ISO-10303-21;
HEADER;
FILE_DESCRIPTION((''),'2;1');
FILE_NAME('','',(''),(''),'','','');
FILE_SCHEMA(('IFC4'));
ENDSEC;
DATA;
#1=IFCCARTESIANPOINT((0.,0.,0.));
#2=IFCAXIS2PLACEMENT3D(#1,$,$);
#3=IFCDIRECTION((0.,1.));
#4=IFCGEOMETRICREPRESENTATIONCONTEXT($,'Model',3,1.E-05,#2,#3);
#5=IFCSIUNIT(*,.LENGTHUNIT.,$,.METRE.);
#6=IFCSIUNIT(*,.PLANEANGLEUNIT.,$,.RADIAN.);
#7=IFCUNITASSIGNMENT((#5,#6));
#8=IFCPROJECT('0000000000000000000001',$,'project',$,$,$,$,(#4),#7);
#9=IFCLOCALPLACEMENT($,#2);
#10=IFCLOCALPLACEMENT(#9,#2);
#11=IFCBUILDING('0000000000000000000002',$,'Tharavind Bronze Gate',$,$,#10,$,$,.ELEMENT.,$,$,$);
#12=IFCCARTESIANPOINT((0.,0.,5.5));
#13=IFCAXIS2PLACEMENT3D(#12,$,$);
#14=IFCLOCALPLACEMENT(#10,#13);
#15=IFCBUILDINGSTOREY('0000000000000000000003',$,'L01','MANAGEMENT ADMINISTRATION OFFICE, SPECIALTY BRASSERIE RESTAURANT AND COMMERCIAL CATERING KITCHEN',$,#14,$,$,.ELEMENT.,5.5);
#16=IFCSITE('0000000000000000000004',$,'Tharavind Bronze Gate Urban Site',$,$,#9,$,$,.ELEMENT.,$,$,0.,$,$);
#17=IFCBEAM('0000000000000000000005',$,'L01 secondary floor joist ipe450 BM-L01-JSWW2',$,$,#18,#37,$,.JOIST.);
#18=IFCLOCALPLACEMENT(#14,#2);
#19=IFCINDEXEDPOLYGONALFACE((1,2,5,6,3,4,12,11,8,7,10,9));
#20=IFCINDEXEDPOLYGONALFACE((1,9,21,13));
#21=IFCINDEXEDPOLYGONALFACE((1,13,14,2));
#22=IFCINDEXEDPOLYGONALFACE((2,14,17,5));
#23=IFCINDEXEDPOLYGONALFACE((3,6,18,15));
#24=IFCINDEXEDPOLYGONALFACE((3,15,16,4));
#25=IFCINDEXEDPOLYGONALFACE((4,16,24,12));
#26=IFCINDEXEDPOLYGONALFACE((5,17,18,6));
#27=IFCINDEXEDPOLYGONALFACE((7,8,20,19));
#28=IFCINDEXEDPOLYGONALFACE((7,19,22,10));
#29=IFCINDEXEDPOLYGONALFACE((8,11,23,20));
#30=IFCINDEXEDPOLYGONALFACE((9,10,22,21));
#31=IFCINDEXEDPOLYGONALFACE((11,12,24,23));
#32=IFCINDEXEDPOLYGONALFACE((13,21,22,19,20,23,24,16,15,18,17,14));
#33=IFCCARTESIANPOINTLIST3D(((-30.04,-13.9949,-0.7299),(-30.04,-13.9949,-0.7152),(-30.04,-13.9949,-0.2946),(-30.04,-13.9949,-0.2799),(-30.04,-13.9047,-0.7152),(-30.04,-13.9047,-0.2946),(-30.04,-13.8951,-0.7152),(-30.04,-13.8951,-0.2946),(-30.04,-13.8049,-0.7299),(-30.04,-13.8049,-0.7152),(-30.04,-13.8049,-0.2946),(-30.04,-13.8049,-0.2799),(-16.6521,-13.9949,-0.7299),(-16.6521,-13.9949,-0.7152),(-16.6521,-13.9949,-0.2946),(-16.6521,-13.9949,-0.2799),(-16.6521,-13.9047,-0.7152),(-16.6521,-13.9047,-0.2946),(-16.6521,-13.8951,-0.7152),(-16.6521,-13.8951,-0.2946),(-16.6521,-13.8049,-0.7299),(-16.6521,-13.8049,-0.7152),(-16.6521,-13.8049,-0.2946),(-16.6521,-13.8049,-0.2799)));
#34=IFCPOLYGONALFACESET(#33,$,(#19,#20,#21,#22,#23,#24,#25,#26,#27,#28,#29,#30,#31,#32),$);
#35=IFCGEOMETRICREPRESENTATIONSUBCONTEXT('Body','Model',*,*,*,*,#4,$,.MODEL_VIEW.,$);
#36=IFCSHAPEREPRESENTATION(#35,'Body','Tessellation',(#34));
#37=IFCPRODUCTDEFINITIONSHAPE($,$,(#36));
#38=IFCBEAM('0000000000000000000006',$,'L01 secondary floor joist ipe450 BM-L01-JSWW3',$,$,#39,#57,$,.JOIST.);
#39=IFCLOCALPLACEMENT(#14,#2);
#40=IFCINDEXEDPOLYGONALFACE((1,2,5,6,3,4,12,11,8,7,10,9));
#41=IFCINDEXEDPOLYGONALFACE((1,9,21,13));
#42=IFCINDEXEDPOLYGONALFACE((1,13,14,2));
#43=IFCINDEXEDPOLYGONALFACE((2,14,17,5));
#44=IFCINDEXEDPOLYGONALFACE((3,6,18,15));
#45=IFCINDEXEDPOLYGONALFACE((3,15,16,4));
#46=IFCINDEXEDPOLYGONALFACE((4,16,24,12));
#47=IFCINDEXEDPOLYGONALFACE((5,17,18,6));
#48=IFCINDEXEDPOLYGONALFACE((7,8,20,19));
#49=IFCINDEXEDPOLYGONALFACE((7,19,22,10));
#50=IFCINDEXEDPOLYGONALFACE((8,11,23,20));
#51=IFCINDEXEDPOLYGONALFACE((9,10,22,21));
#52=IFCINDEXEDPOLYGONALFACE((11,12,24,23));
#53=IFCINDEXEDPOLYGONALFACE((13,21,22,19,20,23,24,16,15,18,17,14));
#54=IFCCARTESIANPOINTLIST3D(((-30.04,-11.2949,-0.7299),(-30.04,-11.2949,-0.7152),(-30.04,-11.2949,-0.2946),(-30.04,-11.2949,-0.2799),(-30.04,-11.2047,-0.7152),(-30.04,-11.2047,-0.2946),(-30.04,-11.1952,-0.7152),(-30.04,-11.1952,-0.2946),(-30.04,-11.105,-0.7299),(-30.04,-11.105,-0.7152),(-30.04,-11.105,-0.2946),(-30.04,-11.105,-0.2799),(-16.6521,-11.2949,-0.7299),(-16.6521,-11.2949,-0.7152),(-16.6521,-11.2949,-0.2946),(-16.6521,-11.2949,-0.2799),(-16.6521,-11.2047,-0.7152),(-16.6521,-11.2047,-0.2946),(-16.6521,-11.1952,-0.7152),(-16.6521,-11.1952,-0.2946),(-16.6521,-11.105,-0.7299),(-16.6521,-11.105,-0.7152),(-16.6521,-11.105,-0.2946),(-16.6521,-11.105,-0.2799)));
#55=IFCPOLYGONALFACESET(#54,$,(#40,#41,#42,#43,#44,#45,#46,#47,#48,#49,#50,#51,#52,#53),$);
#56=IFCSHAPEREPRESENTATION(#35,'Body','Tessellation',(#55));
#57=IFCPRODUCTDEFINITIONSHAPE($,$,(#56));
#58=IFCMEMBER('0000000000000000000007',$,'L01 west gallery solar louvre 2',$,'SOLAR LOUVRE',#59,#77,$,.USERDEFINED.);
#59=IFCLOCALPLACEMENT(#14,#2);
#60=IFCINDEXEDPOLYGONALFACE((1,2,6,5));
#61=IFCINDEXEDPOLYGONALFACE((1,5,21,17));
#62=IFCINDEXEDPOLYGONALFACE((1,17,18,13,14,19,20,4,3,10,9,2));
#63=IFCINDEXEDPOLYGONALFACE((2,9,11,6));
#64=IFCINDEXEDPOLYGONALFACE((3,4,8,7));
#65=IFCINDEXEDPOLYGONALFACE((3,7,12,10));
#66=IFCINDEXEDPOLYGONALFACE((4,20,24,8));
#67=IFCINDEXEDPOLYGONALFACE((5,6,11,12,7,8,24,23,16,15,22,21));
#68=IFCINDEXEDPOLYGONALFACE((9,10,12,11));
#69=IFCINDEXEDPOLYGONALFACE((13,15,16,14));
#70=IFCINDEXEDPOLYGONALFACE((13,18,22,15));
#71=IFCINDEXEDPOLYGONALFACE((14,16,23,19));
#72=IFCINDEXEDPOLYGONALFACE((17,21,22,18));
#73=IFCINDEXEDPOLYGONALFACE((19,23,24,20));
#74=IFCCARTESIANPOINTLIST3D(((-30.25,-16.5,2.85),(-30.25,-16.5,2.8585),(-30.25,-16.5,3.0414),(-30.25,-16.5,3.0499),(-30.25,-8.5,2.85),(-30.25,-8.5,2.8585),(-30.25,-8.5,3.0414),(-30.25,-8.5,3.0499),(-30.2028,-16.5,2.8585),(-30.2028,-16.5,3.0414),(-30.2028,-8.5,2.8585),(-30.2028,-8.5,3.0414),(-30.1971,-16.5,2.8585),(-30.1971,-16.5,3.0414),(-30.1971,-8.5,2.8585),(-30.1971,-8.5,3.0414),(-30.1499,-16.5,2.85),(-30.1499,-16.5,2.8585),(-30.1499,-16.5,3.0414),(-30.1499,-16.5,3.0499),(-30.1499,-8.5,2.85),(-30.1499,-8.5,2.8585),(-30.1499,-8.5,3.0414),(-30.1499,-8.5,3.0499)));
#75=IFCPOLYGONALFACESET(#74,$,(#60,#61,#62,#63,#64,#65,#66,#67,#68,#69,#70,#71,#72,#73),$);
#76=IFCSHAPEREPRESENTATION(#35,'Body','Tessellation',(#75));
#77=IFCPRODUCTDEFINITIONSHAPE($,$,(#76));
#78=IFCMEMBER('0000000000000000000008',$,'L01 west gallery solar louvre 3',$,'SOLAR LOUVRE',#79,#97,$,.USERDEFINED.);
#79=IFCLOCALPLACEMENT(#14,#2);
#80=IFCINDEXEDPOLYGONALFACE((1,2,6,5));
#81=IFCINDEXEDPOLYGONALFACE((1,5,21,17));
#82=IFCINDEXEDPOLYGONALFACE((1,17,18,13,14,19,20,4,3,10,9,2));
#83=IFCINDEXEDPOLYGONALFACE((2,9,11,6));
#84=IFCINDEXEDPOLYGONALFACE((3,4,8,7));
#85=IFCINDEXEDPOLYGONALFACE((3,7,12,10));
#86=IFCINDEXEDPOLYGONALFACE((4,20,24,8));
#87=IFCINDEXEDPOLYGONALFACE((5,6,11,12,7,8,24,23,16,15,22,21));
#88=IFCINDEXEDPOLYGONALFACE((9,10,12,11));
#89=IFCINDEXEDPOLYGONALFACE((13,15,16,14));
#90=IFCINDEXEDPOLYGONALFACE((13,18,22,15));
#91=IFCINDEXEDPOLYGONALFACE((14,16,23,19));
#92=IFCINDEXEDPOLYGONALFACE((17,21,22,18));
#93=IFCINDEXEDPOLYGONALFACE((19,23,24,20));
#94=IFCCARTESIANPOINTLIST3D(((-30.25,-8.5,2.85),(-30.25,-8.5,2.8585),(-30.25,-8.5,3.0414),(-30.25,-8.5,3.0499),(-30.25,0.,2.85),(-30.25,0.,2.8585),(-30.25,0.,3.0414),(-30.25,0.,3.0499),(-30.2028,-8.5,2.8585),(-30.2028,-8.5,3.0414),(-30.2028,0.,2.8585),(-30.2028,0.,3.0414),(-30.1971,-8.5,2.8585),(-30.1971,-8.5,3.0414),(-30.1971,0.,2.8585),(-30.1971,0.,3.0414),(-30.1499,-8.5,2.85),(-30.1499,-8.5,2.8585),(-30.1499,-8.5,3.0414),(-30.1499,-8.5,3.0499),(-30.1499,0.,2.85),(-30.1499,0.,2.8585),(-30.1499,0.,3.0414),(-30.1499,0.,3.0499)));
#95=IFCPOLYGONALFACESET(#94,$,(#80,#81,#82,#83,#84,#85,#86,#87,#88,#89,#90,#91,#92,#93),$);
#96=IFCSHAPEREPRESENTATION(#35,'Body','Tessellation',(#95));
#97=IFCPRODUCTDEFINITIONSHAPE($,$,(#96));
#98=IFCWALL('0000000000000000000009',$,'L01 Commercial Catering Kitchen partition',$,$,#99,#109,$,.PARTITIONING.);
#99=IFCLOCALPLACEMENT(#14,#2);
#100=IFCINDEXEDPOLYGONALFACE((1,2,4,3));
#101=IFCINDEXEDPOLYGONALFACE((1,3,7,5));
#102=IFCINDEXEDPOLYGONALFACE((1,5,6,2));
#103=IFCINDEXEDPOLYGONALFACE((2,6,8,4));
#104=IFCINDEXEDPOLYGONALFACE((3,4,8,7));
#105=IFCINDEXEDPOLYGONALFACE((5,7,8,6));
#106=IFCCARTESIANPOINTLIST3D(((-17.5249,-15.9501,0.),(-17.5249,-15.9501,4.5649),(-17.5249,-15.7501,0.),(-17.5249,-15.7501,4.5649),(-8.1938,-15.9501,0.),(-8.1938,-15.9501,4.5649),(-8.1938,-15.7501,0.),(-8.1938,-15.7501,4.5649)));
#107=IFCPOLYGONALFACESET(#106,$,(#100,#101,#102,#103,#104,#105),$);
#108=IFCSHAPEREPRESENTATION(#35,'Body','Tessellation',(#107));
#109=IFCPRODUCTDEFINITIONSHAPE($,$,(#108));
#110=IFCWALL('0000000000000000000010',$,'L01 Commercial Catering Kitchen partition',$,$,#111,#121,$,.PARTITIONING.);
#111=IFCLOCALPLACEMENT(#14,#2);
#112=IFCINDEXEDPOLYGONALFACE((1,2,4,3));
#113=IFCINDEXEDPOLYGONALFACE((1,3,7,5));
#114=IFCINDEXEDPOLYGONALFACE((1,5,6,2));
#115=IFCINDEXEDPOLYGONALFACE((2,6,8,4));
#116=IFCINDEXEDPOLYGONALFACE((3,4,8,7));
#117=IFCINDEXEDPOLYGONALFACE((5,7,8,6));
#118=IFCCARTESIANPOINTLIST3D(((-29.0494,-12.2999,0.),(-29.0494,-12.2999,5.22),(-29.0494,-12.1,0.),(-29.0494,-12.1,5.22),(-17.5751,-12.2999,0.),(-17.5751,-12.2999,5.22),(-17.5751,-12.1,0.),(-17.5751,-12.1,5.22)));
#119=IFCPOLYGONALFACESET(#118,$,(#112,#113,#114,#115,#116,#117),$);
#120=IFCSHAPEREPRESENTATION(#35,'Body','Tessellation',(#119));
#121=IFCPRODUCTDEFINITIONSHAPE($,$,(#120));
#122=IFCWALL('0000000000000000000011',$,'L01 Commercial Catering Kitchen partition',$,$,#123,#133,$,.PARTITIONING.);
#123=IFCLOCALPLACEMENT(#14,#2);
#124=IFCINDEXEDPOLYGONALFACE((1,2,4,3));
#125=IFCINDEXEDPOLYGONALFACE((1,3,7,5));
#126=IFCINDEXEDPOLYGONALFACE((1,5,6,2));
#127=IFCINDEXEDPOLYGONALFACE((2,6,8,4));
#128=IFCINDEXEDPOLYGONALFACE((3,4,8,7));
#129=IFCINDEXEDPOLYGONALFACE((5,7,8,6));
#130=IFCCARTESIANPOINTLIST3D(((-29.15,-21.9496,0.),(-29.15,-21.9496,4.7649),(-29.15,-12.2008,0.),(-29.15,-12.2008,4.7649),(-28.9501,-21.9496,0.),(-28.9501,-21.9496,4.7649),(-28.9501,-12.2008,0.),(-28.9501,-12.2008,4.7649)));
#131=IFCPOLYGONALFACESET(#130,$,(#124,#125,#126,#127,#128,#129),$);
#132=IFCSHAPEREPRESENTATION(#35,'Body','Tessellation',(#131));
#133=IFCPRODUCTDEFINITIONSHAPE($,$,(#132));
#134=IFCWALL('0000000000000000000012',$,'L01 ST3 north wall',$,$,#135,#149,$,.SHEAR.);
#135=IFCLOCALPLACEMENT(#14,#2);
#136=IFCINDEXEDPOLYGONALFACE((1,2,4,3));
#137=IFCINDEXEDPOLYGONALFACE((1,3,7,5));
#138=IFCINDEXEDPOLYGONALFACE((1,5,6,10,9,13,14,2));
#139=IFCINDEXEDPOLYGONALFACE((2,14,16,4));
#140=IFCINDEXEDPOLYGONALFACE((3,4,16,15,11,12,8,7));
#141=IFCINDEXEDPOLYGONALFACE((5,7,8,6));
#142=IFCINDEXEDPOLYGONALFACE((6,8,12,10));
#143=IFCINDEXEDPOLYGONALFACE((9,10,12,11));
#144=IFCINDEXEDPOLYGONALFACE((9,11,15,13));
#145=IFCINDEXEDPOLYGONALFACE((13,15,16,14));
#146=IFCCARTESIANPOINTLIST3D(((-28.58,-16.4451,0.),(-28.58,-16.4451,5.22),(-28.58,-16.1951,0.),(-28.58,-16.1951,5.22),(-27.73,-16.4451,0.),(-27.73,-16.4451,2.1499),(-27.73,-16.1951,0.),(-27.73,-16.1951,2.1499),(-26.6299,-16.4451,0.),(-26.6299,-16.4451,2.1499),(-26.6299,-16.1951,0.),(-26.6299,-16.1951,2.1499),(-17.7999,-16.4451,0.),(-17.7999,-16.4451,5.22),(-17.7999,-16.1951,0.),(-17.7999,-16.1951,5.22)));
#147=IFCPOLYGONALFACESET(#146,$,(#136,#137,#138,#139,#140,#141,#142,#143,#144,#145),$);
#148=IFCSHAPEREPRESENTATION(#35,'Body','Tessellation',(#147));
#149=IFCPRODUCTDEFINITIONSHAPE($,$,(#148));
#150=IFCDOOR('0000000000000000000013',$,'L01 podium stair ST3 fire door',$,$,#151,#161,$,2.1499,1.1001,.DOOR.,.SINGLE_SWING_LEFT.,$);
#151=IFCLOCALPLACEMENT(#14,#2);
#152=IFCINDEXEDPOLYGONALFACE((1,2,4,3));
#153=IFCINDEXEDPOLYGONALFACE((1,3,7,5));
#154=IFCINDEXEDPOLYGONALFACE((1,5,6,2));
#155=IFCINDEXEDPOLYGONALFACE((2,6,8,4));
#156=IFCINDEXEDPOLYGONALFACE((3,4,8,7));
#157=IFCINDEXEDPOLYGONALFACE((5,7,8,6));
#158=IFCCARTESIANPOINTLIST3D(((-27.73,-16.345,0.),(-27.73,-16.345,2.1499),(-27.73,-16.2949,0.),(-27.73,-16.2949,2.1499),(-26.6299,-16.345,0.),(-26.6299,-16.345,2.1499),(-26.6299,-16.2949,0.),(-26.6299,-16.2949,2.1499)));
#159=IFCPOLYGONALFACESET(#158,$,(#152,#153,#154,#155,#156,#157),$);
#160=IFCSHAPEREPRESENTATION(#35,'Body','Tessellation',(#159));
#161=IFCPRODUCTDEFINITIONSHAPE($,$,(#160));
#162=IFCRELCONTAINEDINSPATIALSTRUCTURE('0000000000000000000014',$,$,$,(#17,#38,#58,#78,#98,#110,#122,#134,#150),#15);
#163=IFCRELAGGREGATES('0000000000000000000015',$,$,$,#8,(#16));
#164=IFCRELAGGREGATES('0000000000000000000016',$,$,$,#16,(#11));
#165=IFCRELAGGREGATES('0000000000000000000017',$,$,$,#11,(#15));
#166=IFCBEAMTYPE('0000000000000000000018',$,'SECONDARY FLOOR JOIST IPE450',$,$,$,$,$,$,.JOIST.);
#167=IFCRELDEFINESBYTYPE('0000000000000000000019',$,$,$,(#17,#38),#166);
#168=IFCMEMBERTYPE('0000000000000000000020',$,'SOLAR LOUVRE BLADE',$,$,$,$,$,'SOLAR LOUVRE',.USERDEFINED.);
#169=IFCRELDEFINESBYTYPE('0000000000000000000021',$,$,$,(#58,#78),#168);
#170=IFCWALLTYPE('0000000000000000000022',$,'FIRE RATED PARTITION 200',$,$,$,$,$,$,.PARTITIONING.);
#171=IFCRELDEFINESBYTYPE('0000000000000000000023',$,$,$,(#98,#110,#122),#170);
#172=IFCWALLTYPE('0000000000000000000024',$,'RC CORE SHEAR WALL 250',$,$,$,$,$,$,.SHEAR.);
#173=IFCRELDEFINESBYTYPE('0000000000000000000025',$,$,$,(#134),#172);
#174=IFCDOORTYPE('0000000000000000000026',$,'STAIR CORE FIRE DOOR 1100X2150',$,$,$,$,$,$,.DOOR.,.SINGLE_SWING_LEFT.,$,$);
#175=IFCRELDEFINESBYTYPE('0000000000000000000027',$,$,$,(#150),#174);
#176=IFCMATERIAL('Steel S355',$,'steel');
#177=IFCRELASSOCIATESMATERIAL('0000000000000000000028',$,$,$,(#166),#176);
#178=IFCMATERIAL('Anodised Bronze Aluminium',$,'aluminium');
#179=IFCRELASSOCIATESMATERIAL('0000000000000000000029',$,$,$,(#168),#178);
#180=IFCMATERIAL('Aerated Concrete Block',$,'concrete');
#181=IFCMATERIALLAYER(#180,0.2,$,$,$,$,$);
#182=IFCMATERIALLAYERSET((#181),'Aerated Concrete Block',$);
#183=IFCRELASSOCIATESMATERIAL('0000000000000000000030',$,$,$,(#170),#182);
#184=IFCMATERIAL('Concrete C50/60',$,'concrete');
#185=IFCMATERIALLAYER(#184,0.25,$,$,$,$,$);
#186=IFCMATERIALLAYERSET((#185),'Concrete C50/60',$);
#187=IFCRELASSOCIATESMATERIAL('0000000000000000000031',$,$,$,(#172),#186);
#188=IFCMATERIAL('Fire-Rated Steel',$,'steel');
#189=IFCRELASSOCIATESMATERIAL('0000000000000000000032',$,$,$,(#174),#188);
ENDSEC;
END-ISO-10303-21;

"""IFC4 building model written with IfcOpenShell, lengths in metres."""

from ifc_helpers import new_model, si_unit, direction, frame, frame_2d, origin, origin_2d, place, context, subcontext, project, spatial, rectangle, i_section, extrude, material, layer, layer_set, material_profile, profile_set, type_object, element, fill, save


model = new_model("IFC4")

# Units and contexts
model_context = context("Model", 3, precision=1e-05, world=origin(), true_north=direction((0.0, 1.0)))
body_context = subcontext(model_context, "Body", "Model", "MODEL_VIEW")
ifc_project = project(units=[si_unit("LENGTHUNIT", "METRE"), si_unit("PLANEANGLEUNIT", "RADIAN")], contexts=[model_context])

# Site, building, storey
site_placement = place(None, origin())
site = spatial("IfcSite", under=ifc_project, at=site_placement, Name="Tharavind Bronze Gate Urban Site", CompositionType="ELEMENT", RefElevation=0.0)
building_placement = place(site_placement, origin())
building = spatial("IfcBuilding", under=site, at=building_placement, Name="Tharavind Bronze Gate", CompositionType="ELEMENT")
storey_placement = place(building_placement, frame((0.0, 0.0, 5.5)))
storey = spatial("IfcBuildingStorey", under=building, at=storey_placement, Name="L01", Description="MANAGEMENT ADMINISTRATION OFFICE, SPECIALTY BRASSERIE RESTAURANT AND COMMERCIAL CATERING KITCHEN", CompositionType="ELEMENT", Elevation=5.5)

# Beams
ifc_material_1 = material(Name="Steel S355", Category="steel")
ifc_material_profile_1 = material_profile(ifc_material_1, i_section(OverallWidth=0.1899, OverallDepth=0.45, WebThickness=0.0095, FlangeThickness=0.0146, at=origin_2d()), Name="IPE450")
ifc_profile_set_1 = profile_set([ifc_material_profile_1], Name="Steel S355")
beam_type_1 = type_object("IfcBeamType", Name="SECONDARY FLOOR JOIST IPE450", PredefinedType="JOIST", material=ifc_profile_set_1)
for number, where, z_axis, x_axis, name in (
    (1, (-30.04, -13.8999, -0.5049), (1.0, 0.0, 0.0), (0.0, 1.0, 0.0), "L01 secondary floor joist ipe450 BM-L01-JSWW2"),
    (2, (-30.04, -11.2, -0.5049), (1.0, 0.0, 0.0), (0.0, 1.0, 0.0), "L01 secondary floor joist ipe450 BM-L01-JSWW3"),
):
    element("IfcBeam", number, at=place(storey_placement, frame(where, z_axis=z_axis, x_axis=x_axis)), inside=storey, type_object=beam_type_1, Name=name, PredefinedType="JOIST", context=body_context, shape_type="SweptSolid", body=[
        extrude(i_section(OverallWidth=0.1899, OverallDepth=0.45, WebThickness=0.0095, FlangeThickness=0.0146, at=origin_2d()), origin(), (0.0, 0.0, 1.0), 13.3879),
    ])

# Members
ifc_material_2 = material(Name="Anodised Bronze Aluminium", Category="aluminium")
ifc_material_profile_2 = material_profile(ifc_material_2, i_section(OverallWidth=0.1001, OverallDepth=0.2, WebThickness=0.0056, FlangeThickness=0.0085, at=origin_2d()), Name="IPE200")
ifc_profile_set_2 = profile_set([ifc_material_profile_2], Name="Anodised Bronze Aluminium")
member_type = type_object("IfcMemberType", Name="SOLAR LOUVRE BLADE", ElementType="SOLAR LOUVRE", PredefinedType="USERDEFINED", material=ifc_profile_set_2)
member_1_placement = place(storey_placement, frame((-30.2, -16.5, 2.95), z_axis=(0.0, 1.0, 0.0), x_axis=(-1.0, 0.0, 0.0)))
element("IfcMember", 3, at=member_1_placement, inside=storey, type_object=member_type, Name="L01 west gallery solar louvre 2", ObjectType="SOLAR LOUVRE", PredefinedType="USERDEFINED", context=body_context, shape_type="SweptSolid", body=[
    extrude(i_section(OverallWidth=0.1001, OverallDepth=0.2, WebThickness=0.0056, FlangeThickness=0.0085, at=origin_2d()), origin(), (0.0, 0.0, 1.0), 8.0),
])
member_2_placement = place(storey_placement, frame((-30.2, -8.5, 2.95), z_axis=(0.0, 1.0, 0.0), x_axis=(-1.0, 0.0, 0.0)))
element("IfcMember", 4, at=member_2_placement, inside=storey, type_object=member_type, Name="L01 west gallery solar louvre 3", ObjectType="SOLAR LOUVRE", PredefinedType="USERDEFINED", context=body_context, shape_type="SweptSolid", body=[
    extrude(i_section(OverallWidth=0.1001, OverallDepth=0.2, WebThickness=0.0056, FlangeThickness=0.0085, at=origin_2d()), origin(), (0.0, 0.0, 1.0), 8.5),
])

# Walls
ifc_material_3 = material(Name="Aerated Concrete Block", Category="concrete")
ifc_layer_1 = layer(ifc_material_3, 0.2)
ifc_layer_set_1 = layer_set([ifc_layer_1], Name="Aerated Concrete Block")
wall_type_1 = type_object("IfcWallType", Name="FIRE RATED PARTITION 200", PredefinedType="PARTITIONING", material=ifc_layer_set_1)
wall_1_placement = place(storey_placement, frame((-17.5249, -15.8501, 0.0), z_axis=(0.0, 0.0, 1.0), x_axis=(1.0, 0.0, 0.0)))
element("IfcWall", 5, at=wall_1_placement, inside=storey, type_object=wall_type_1, Name="L01 Commercial Catering Kitchen partition", PredefinedType="PARTITIONING", context=body_context, shape_type="SweptSolid", body=[
    extrude(rectangle(XDim=9.3311, YDim=0.2, at=frame_2d((4.6655, 0.0))), origin(), (0.0, 0.0, 1.0), 4.5649),
])
wall_2_placement = place(storey_placement, frame((-17.575, -12.2, 0.0), z_axis=(0.0, 0.0, 1.0), x_axis=(-1.0, 0.0, 0.0)))
element("IfcWall", 6, at=wall_2_placement, inside=storey, type_object=wall_type_1, Name="L01 Commercial Catering Kitchen partition", PredefinedType="PARTITIONING", context=body_context, shape_type="SweptSolid", body=[
    extrude(rectangle(XDim=11.4744, YDim=0.2, at=frame_2d((5.7373, 0.0))), origin(), (0.0, 0.0, 1.0), 5.22),
])
wall_3_placement = place(storey_placement, frame((-29.05, -12.2007, 0.0), z_axis=(0.0, 0.0, 1.0), x_axis=(0.0, -1.0, 0.0)))
element("IfcWall", 7, at=wall_3_placement, inside=storey, type_object=wall_type_1, Name="L01 Commercial Catering Kitchen partition", PredefinedType="PARTITIONING", context=body_context, shape_type="SweptSolid", body=[
    extrude(rectangle(XDim=9.7488, YDim=0.2, at=frame_2d((4.8745, 0.0))), origin(), (0.0, 0.0, 1.0), 4.7649),
])

# Wall, opening, door
ifc_material_4 = material(Name="Concrete C50/60", Category="concrete")
ifc_layer_2 = layer(ifc_material_4, 0.25)
ifc_layer_set_2 = layer_set([ifc_layer_2], Name="Concrete C50/60")
wall_type_2 = type_object("IfcWallType", Name="RC CORE SHEAR WALL 250", PredefinedType="SHEAR", material=ifc_layer_set_2)
wall_4_placement = place(storey_placement, frame((-28.5801, -16.3201, 0.0), z_axis=(0.0, 0.0, 1.0), x_axis=(1.0, 0.0, 0.0)))
wall_4 = element("IfcWall", 8, at=wall_4_placement, inside=storey, type_object=wall_type_2, Name="L01 ST3 north wall", PredefinedType="SHEAR", context=body_context, shape_type="SweptSolid", body=[
    extrude(rectangle(XDim=10.78, YDim=0.25, at=frame_2d((5.3901, 0.0))), origin(), (0.0, 0.0, 1.0), 5.22),
])
opening_placement = place(wall_4_placement, frame((0.8501, 0.0, 0.0)))
opening = element("IfcOpeningElement", 9, at=opening_placement, cuts=wall_4, PredefinedType="OPENING", context=body_context, shape_type="SweptSolid", body=[
    extrude(rectangle(XDim=1.1001, YDim=2.1499, at=frame_2d((0.55, 1.075))), frame((0.0, 0.135, 0.0), z_axis=(0.0, -1.0, 0.0), x_axis=(1.0, 0.0, 0.0)), (0.0, 0.0, 1.0), 0.27),
])
ifc_material_5 = material(Name="Fire-Rated Steel", Category="steel")
door_type = type_object("IfcDoorType", Name="STAIR CORE FIRE DOOR 1100X2150", OperationType="SINGLE_SWING_LEFT", PredefinedType="DOOR", material=ifc_material_5)
door_placement = place(opening_placement, frame((1.1001, 0.0, 0.0), z_axis=(0.0, 0.0, 1.0), x_axis=(-1.0, 0.0, 0.0)))
door = element("IfcDoor", 10, at=door_placement, inside=storey, type_object=door_type, Name="L01 podium stair ST3 fire door", OperationType="SINGLE_SWING_LEFT", OverallHeight=2.1499, OverallWidth=1.1001, PredefinedType="DOOR", context=body_context, shape_type="SweptSolid", body=[
    extrude(rectangle(XDim=1.1001, YDim=2.1499, at=frame_2d((0.55, 1.075))), frame((0.0, 0.0249, 0.0), z_axis=(0.0, -1.0, 0.0), x_axis=(1.0, 0.0, 0.0)), (0.0, 0.0, 1.0), 0.05),
])
fill(opening, door)

save(model, "model.ifc")
